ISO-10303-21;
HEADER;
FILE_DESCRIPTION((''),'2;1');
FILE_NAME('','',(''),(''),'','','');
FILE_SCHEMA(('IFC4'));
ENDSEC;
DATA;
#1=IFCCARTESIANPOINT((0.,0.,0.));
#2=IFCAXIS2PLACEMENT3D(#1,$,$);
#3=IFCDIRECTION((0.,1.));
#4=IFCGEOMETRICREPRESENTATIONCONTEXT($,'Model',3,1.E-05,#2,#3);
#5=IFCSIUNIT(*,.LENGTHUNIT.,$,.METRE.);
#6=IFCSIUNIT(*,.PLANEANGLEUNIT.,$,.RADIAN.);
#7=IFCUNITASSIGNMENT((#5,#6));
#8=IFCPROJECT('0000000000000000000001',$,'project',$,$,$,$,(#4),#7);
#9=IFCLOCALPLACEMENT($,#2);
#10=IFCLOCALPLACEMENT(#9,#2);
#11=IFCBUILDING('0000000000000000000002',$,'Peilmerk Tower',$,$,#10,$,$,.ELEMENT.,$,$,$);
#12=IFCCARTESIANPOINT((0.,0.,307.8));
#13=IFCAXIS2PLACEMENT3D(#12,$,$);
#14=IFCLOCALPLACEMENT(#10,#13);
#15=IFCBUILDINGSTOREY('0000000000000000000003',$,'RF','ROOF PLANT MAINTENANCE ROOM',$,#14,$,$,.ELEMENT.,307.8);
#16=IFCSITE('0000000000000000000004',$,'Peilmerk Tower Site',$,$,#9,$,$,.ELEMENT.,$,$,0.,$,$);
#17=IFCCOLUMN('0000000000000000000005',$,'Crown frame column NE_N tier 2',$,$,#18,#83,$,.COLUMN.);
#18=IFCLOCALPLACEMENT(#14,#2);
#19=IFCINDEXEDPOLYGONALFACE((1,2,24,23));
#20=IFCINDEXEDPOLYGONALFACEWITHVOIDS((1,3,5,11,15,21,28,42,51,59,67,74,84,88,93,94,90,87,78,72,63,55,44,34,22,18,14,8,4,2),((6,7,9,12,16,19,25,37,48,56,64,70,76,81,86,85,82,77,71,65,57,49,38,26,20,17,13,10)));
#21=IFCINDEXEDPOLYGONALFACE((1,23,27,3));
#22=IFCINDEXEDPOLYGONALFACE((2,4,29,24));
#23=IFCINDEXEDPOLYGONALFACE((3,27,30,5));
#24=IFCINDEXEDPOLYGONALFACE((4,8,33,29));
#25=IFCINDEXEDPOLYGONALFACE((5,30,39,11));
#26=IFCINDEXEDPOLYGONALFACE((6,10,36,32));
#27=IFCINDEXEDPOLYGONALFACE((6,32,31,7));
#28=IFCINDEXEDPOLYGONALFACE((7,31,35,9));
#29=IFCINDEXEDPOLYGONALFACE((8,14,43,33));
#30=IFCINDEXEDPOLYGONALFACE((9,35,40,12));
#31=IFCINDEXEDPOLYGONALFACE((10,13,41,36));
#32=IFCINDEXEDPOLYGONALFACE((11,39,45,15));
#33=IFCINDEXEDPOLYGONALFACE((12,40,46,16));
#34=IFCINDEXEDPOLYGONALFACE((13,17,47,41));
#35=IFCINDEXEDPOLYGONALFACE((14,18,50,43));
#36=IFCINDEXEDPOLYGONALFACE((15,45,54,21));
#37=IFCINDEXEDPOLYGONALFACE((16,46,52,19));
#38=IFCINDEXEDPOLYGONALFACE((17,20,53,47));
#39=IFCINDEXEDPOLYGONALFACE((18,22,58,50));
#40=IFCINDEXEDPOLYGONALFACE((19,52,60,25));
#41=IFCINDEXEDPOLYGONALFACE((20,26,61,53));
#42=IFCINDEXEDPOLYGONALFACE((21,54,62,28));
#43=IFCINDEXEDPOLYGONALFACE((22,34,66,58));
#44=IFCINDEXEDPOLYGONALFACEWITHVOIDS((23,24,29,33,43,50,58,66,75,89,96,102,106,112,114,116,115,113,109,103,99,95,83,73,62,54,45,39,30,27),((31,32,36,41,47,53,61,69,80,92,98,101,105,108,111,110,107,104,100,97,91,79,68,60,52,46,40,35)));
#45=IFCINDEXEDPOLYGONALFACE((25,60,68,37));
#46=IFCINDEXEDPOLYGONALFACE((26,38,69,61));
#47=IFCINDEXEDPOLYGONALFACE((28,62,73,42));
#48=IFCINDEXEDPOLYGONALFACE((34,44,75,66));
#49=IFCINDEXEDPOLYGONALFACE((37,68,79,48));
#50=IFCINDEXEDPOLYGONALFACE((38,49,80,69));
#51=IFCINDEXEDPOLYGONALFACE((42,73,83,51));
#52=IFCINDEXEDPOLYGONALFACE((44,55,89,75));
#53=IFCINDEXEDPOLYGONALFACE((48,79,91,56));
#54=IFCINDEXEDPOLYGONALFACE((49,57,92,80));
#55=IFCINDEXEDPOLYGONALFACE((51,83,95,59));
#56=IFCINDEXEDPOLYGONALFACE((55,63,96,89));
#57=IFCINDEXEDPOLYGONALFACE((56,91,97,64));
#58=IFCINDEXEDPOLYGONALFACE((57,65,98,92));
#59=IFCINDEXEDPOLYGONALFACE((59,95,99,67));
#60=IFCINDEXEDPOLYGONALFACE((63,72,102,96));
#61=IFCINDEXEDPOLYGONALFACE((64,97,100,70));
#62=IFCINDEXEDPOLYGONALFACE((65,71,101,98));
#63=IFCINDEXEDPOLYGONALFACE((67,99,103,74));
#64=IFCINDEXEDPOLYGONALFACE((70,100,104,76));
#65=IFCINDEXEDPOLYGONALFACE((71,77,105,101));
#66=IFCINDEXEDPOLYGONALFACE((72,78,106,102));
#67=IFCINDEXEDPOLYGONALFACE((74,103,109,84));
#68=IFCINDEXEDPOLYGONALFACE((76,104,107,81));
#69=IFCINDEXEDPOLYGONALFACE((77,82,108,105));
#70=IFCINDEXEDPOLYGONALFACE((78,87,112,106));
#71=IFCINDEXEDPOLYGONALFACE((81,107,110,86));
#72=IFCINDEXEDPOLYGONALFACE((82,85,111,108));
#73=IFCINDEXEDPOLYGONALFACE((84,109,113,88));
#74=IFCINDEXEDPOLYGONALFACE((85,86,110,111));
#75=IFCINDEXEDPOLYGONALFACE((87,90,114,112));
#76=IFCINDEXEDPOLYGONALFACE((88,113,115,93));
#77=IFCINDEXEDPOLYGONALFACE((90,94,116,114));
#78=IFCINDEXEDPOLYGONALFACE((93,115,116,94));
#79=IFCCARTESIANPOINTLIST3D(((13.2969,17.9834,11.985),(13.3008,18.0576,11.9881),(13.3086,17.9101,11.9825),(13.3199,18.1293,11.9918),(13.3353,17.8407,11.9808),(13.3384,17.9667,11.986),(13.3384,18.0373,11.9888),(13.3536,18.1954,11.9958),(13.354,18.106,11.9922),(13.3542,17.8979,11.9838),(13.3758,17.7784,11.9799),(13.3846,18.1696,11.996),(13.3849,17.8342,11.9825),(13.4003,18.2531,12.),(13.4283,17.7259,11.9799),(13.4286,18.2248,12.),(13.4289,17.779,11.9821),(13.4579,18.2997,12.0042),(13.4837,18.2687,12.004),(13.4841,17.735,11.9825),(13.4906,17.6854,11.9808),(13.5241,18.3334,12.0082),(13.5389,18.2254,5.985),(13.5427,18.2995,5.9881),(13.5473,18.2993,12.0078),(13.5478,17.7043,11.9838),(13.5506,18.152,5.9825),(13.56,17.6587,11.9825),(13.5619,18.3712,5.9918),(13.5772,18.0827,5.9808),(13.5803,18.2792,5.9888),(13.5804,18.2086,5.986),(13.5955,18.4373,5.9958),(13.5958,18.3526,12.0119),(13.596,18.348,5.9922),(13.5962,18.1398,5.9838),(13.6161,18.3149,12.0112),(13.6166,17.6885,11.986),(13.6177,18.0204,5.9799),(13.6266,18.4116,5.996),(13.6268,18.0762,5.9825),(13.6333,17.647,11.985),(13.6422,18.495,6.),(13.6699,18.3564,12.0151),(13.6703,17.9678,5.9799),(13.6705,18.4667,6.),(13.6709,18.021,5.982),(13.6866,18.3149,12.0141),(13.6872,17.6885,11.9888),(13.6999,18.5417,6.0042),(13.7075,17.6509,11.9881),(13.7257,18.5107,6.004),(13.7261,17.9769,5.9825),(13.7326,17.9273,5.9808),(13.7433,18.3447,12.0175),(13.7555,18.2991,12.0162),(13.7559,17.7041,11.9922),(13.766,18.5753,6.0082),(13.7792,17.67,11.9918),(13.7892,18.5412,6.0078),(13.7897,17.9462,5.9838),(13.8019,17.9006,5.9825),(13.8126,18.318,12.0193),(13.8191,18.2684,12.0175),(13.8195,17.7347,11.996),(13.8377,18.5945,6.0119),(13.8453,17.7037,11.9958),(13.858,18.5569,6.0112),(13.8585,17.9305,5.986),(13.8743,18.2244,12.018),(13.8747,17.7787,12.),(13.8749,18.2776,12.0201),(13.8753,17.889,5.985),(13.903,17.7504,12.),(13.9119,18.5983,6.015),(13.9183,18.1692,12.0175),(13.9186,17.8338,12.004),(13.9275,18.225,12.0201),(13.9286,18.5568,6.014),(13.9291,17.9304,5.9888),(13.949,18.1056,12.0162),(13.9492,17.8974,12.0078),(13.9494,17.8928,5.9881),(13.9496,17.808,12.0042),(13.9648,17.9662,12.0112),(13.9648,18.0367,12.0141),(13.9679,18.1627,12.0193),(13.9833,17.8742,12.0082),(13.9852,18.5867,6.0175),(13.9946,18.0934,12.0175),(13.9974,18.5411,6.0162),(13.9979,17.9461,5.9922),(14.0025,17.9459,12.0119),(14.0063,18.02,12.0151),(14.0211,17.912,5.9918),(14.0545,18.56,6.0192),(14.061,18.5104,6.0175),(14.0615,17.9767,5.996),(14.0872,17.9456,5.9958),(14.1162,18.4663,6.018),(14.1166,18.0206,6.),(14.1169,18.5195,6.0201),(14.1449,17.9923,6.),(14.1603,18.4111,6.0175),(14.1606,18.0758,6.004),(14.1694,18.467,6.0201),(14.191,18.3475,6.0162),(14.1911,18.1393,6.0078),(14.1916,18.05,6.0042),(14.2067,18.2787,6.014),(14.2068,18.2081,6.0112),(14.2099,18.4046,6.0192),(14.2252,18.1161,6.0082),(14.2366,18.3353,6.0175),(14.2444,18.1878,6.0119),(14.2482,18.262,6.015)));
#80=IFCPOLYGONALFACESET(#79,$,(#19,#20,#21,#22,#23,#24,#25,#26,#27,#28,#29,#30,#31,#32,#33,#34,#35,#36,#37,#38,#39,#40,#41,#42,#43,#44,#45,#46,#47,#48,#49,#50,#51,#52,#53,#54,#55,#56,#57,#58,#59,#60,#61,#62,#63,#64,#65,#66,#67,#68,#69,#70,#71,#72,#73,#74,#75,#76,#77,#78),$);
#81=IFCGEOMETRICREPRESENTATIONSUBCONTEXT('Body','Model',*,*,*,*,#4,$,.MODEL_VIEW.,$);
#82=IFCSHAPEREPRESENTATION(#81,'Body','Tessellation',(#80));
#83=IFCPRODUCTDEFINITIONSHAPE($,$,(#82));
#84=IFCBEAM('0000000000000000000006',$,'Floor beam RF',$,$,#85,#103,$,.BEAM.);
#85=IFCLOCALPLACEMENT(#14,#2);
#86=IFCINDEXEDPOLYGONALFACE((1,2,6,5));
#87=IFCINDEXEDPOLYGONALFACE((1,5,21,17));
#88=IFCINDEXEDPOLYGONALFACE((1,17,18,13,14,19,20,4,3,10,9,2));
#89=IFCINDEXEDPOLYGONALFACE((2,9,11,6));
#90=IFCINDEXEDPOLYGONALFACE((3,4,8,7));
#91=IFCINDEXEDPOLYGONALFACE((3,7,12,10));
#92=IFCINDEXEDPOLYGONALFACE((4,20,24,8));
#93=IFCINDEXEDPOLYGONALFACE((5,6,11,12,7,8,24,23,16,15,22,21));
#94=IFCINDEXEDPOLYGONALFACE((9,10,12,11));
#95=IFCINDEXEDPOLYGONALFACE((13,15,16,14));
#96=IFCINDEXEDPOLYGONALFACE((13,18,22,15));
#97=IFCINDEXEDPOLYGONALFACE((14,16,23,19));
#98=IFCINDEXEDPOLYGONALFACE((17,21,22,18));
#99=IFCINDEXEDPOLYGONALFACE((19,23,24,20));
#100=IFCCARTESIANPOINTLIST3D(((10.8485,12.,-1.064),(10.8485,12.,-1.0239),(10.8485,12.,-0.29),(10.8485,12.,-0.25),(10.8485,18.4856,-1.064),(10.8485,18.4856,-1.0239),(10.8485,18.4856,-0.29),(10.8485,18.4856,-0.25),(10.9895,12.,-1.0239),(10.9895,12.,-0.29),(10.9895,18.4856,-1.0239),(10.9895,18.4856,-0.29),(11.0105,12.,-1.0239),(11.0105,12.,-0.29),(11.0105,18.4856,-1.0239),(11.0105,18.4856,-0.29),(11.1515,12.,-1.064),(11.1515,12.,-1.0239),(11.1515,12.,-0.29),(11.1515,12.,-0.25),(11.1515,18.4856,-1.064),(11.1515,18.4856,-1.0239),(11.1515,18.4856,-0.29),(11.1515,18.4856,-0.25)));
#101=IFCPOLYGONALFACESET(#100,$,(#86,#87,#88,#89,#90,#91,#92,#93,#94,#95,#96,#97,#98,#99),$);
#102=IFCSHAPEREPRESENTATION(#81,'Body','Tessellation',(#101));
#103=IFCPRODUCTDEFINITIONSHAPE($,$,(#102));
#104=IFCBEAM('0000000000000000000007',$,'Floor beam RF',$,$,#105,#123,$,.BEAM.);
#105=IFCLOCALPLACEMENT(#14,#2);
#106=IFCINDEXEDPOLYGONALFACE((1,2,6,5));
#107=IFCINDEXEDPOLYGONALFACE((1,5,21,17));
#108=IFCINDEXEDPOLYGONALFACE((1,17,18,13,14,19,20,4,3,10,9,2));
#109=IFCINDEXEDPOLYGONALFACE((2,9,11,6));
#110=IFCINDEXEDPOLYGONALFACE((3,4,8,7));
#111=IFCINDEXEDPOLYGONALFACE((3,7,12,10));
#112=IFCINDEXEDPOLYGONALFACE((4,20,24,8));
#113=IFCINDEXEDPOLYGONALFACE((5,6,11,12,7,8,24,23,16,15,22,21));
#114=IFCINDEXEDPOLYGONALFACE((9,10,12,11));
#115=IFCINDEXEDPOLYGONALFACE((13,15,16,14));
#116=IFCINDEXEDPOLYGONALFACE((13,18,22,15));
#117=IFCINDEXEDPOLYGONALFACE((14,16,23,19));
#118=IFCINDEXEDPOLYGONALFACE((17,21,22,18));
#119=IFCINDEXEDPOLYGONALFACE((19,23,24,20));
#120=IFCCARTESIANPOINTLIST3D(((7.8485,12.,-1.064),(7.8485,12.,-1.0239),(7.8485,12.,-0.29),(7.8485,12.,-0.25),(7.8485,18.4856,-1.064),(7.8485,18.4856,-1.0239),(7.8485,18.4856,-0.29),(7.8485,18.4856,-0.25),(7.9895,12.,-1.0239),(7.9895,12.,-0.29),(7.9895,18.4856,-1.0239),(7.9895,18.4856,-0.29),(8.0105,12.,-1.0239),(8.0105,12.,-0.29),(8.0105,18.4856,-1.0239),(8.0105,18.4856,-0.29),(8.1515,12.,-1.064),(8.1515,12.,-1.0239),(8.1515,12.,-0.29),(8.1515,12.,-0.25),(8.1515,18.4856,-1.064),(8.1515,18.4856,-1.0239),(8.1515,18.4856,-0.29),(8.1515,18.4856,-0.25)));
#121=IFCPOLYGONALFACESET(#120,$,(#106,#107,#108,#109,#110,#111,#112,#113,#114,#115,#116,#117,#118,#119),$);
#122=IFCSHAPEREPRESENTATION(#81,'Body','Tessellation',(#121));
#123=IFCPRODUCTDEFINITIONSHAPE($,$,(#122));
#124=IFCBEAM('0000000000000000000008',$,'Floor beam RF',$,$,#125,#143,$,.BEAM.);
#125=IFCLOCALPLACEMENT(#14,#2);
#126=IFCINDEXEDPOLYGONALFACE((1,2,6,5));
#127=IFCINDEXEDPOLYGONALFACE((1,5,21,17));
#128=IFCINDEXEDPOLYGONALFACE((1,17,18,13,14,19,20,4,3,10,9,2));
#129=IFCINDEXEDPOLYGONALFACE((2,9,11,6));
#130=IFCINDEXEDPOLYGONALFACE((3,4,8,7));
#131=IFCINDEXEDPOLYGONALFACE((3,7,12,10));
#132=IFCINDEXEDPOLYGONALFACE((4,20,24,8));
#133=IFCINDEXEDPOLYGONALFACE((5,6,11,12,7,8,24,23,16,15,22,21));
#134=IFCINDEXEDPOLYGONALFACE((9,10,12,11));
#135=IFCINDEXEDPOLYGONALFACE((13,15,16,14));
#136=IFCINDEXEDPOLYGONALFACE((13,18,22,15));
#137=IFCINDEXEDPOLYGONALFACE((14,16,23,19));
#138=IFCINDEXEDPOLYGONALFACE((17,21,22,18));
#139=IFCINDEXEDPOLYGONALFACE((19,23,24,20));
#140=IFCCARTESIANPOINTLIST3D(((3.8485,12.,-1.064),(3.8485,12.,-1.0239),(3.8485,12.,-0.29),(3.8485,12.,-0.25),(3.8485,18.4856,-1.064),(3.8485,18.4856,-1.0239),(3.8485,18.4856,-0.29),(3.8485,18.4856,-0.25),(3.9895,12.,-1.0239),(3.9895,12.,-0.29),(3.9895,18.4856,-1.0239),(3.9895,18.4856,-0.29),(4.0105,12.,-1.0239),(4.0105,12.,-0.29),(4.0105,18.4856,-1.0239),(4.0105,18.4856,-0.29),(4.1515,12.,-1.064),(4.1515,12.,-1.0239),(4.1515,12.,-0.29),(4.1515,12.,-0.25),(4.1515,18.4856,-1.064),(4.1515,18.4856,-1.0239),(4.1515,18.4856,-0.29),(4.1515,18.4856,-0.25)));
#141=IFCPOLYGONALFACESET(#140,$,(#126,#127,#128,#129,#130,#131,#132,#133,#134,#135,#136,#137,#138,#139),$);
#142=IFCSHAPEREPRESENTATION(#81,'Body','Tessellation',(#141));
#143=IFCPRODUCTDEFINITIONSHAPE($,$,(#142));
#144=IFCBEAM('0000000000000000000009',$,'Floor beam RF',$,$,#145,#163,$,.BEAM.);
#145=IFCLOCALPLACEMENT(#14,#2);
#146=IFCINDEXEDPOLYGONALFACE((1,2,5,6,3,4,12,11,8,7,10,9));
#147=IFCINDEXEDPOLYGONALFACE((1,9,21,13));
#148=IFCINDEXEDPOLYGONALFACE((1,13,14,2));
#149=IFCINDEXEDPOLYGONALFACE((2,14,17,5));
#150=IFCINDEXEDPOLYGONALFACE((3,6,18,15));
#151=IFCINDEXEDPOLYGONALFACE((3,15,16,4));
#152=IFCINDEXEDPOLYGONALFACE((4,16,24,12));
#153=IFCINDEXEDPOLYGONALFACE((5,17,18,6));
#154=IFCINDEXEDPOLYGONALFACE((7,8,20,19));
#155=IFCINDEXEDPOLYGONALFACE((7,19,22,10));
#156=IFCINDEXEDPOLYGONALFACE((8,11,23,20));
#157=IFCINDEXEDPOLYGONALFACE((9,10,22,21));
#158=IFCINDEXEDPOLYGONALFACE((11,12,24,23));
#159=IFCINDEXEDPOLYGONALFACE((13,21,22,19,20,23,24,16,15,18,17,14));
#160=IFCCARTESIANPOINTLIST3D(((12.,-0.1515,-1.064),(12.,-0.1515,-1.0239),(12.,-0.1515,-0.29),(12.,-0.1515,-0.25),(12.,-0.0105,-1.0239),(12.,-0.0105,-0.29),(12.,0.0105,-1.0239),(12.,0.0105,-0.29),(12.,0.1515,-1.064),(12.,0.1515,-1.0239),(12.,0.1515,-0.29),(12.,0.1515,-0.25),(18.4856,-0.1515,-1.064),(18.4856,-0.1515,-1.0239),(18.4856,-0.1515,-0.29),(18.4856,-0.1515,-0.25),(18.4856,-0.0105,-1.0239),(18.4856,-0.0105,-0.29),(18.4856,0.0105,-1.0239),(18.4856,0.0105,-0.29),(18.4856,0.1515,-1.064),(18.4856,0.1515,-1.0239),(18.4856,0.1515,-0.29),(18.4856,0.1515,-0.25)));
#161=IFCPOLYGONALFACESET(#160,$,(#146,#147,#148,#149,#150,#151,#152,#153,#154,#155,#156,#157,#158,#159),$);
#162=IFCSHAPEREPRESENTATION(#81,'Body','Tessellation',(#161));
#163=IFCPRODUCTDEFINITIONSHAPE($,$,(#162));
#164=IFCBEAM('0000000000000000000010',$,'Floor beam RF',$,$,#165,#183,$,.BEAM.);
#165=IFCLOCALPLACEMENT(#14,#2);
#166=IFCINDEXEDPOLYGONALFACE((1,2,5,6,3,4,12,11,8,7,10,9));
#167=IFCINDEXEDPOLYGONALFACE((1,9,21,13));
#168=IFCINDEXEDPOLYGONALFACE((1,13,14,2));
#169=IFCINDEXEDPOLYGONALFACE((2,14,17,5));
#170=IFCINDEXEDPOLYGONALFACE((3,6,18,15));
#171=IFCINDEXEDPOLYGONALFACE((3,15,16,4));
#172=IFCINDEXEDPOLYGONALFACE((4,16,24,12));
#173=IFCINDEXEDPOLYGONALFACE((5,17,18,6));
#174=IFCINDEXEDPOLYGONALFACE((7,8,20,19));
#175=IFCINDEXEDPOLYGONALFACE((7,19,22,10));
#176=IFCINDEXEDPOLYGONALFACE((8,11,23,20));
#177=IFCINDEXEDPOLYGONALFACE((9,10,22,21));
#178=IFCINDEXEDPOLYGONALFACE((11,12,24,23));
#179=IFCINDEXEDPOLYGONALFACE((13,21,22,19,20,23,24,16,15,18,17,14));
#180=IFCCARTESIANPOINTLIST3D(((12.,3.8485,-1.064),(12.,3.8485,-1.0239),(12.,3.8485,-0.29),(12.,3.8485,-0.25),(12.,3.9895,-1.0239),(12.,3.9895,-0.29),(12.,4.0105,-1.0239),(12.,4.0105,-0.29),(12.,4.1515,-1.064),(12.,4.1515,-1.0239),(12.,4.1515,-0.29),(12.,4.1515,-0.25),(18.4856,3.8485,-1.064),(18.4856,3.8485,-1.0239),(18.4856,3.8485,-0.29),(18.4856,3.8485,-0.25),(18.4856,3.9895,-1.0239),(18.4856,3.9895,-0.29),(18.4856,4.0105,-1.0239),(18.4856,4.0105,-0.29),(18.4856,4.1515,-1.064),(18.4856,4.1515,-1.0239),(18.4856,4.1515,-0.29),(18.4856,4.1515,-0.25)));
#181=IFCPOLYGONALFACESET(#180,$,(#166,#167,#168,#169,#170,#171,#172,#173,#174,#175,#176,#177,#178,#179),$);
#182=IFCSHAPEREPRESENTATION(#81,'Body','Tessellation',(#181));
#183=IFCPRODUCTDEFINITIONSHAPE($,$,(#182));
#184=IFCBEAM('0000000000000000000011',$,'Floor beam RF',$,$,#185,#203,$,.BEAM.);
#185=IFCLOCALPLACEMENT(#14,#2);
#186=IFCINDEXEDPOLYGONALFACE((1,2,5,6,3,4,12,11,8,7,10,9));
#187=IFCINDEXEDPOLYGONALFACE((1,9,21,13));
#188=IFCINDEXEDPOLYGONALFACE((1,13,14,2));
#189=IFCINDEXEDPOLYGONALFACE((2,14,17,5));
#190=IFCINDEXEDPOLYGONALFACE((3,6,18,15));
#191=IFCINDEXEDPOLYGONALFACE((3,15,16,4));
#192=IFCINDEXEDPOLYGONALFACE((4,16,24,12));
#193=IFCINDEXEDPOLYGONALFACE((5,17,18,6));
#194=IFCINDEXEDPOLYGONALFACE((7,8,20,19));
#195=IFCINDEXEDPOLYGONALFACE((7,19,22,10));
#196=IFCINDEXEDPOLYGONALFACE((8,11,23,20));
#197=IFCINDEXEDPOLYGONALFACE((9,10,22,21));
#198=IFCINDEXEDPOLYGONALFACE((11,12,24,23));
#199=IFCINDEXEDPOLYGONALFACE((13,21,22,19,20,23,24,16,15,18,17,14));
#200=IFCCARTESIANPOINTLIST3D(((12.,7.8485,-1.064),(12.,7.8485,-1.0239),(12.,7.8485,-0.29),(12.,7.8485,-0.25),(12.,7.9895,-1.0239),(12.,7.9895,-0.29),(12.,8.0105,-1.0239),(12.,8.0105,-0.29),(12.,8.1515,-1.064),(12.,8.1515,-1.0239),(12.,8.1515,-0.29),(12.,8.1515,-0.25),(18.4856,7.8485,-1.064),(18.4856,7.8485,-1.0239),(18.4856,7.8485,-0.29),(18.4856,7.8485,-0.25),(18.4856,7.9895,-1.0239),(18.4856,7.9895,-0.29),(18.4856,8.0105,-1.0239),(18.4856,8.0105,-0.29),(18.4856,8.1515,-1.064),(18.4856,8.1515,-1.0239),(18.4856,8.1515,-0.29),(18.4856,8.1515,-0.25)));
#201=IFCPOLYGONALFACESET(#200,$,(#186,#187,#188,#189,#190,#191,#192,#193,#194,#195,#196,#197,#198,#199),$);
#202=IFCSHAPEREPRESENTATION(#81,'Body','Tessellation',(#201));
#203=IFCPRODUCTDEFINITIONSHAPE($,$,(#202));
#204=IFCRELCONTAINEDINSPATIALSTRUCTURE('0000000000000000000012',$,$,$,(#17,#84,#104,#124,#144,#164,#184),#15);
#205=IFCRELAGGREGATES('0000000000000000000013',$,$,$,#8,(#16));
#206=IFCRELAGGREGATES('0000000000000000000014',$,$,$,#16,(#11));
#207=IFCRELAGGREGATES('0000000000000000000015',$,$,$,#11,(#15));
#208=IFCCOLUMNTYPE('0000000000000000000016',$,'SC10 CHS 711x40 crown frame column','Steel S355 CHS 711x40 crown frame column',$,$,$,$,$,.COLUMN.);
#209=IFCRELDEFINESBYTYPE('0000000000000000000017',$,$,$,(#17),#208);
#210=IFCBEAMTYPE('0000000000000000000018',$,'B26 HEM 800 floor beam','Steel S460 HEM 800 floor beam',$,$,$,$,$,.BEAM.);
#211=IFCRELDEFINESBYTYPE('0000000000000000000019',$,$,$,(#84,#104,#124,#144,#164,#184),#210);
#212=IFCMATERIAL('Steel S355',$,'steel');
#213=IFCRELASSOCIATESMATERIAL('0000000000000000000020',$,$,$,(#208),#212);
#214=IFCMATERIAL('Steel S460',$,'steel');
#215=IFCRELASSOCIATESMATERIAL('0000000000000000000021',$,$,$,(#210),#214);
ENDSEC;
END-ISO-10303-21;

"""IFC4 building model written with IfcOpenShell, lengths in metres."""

from ifc_helpers import new_model, si_unit, direction, frame, origin, origin_2d, place, context, subcontext, project, spatial, hollow_circle, i_section, extrude, material, material_profile, profile_set, type_object, element, save


model = new_model("IFC4")

# Units and contexts
model_context = context("Model", 3, precision=1e-05, world=origin(), true_north=direction((0.0, 1.0)))
body_context = subcontext(model_context, "Body", "Model", "MODEL_VIEW")
ifc_project = project(units=[si_unit("LENGTHUNIT", "METRE"), si_unit("PLANEANGLEUNIT", "RADIAN")], contexts=[model_context])

# Site, building, storey
site_placement = place(None, origin())
site = spatial("IfcSite", under=ifc_project, at=site_placement, Name="Peilmerk Tower Site", CompositionType="ELEMENT", RefElevation=0.0)
building_placement = place(site_placement, origin())
building = spatial("IfcBuilding", under=site, at=building_placement, Name="Peilmerk Tower", CompositionType="ELEMENT")
storey_placement = place(building_placement, frame((0.0, 0.0, 307.8)))
storey = spatial("IfcBuildingStorey", under=building, at=storey_placement, Name="RF", Description="ROOF PLANT MAINTENANCE ROOM", CompositionType="ELEMENT", Elevation=307.8)

# Column
ifc_material_1 = material(Name="Steel S355", Category="steel")
ifc_material_profile_1 = material_profile(ifc_material_1, hollow_circle(Radius=0.3555, WallThickness=0.04, at=origin_2d()), Name="CHS 711x40")
ifc_profile_set_1 = profile_set([ifc_material_profile_1], Name="Steel S355")
column_type = type_object("IfcColumnType", Name="SC10 CHS 711x40 crown frame column", Description="Steel S355 CHS 711x40 crown frame column", PredefinedType="COLUMN", material=ifc_profile_set_1)
column_placement = place(storey_placement, frame((13.8936, 18.2437, 6.0), z_axis=(-0.040258, -0.040258, 0.998378), x_axis=(0.707107, -0.707107, 0.0)))
element("IfcColumn", 1, at=column_placement, inside=storey, type_object=column_type, Name="Crown frame column NE_N tier 2", PredefinedType="COLUMN", context=body_context, shape_type="SweptSolid", body=[
    extrude(hollow_circle(Radius=0.3555, WallThickness=0.04, at=origin_2d()), origin(), (0.0, 0.0, 1.0), 6.0098),
])

# Beams
ifc_material_2 = material(Name="Steel S460", Category="steel")
ifc_material_profile_2 = material_profile(ifc_material_2, i_section(OverallWidth=0.303, OverallDepth=0.814, WebThickness=0.021, FlangeThickness=0.04, at=origin_2d()), Name="HEM 800")
ifc_profile_set_2 = profile_set([ifc_material_profile_2], Name="Steel S460")
beam_type = type_object("IfcBeamType", Name="B26 HEM 800 floor beam", Description="Steel S460 HEM 800 floor beam", PredefinedType="BEAM", material=ifc_profile_set_2)
for number, where, z_axis, x_axis, name in (
    (2, (11.0, 12.0, -0.657), (0.0, 1.0, 0.0), (-1.0, 0.0, 0.0), "Floor beam RF"),
    (3, (8.0, 12.0, -0.657), (0.0, 1.0, 0.0), (-1.0, 0.0, 0.0), "Floor beam RF"),
    (4, (4.0, 12.0, -0.657), (0.0, 1.0, 0.0), (-1.0, 0.0, 0.0), "Floor beam RF"),
    (5, (12.0, 0.0, -0.657), (1.0, 0.0, 0.0), (0.0, 1.0, 0.0), "Floor beam RF"),
    (6, (12.0, 4.0, -0.657), (1.0, 0.0, 0.0), (0.0, 1.0, 0.0), "Floor beam RF"),
    (7, (12.0, 8.0, -0.657), (1.0, 0.0, 0.0), (0.0, 1.0, 0.0), "Floor beam RF"),
):
    element("IfcBeam", number, at=place(storey_placement, frame(where, z_axis=z_axis, x_axis=x_axis)), inside=storey, type_object=beam_type, Name=name, PredefinedType="BEAM", context=body_context, shape_type="SweptSolid", body=[
        extrude(i_section(OverallWidth=0.303, OverallDepth=0.814, WebThickness=0.021, FlangeThickness=0.04, at=origin_2d()), origin(), (0.0, 0.0, 1.0), 6.4856),
    ])

save(model, "model.ifc")
